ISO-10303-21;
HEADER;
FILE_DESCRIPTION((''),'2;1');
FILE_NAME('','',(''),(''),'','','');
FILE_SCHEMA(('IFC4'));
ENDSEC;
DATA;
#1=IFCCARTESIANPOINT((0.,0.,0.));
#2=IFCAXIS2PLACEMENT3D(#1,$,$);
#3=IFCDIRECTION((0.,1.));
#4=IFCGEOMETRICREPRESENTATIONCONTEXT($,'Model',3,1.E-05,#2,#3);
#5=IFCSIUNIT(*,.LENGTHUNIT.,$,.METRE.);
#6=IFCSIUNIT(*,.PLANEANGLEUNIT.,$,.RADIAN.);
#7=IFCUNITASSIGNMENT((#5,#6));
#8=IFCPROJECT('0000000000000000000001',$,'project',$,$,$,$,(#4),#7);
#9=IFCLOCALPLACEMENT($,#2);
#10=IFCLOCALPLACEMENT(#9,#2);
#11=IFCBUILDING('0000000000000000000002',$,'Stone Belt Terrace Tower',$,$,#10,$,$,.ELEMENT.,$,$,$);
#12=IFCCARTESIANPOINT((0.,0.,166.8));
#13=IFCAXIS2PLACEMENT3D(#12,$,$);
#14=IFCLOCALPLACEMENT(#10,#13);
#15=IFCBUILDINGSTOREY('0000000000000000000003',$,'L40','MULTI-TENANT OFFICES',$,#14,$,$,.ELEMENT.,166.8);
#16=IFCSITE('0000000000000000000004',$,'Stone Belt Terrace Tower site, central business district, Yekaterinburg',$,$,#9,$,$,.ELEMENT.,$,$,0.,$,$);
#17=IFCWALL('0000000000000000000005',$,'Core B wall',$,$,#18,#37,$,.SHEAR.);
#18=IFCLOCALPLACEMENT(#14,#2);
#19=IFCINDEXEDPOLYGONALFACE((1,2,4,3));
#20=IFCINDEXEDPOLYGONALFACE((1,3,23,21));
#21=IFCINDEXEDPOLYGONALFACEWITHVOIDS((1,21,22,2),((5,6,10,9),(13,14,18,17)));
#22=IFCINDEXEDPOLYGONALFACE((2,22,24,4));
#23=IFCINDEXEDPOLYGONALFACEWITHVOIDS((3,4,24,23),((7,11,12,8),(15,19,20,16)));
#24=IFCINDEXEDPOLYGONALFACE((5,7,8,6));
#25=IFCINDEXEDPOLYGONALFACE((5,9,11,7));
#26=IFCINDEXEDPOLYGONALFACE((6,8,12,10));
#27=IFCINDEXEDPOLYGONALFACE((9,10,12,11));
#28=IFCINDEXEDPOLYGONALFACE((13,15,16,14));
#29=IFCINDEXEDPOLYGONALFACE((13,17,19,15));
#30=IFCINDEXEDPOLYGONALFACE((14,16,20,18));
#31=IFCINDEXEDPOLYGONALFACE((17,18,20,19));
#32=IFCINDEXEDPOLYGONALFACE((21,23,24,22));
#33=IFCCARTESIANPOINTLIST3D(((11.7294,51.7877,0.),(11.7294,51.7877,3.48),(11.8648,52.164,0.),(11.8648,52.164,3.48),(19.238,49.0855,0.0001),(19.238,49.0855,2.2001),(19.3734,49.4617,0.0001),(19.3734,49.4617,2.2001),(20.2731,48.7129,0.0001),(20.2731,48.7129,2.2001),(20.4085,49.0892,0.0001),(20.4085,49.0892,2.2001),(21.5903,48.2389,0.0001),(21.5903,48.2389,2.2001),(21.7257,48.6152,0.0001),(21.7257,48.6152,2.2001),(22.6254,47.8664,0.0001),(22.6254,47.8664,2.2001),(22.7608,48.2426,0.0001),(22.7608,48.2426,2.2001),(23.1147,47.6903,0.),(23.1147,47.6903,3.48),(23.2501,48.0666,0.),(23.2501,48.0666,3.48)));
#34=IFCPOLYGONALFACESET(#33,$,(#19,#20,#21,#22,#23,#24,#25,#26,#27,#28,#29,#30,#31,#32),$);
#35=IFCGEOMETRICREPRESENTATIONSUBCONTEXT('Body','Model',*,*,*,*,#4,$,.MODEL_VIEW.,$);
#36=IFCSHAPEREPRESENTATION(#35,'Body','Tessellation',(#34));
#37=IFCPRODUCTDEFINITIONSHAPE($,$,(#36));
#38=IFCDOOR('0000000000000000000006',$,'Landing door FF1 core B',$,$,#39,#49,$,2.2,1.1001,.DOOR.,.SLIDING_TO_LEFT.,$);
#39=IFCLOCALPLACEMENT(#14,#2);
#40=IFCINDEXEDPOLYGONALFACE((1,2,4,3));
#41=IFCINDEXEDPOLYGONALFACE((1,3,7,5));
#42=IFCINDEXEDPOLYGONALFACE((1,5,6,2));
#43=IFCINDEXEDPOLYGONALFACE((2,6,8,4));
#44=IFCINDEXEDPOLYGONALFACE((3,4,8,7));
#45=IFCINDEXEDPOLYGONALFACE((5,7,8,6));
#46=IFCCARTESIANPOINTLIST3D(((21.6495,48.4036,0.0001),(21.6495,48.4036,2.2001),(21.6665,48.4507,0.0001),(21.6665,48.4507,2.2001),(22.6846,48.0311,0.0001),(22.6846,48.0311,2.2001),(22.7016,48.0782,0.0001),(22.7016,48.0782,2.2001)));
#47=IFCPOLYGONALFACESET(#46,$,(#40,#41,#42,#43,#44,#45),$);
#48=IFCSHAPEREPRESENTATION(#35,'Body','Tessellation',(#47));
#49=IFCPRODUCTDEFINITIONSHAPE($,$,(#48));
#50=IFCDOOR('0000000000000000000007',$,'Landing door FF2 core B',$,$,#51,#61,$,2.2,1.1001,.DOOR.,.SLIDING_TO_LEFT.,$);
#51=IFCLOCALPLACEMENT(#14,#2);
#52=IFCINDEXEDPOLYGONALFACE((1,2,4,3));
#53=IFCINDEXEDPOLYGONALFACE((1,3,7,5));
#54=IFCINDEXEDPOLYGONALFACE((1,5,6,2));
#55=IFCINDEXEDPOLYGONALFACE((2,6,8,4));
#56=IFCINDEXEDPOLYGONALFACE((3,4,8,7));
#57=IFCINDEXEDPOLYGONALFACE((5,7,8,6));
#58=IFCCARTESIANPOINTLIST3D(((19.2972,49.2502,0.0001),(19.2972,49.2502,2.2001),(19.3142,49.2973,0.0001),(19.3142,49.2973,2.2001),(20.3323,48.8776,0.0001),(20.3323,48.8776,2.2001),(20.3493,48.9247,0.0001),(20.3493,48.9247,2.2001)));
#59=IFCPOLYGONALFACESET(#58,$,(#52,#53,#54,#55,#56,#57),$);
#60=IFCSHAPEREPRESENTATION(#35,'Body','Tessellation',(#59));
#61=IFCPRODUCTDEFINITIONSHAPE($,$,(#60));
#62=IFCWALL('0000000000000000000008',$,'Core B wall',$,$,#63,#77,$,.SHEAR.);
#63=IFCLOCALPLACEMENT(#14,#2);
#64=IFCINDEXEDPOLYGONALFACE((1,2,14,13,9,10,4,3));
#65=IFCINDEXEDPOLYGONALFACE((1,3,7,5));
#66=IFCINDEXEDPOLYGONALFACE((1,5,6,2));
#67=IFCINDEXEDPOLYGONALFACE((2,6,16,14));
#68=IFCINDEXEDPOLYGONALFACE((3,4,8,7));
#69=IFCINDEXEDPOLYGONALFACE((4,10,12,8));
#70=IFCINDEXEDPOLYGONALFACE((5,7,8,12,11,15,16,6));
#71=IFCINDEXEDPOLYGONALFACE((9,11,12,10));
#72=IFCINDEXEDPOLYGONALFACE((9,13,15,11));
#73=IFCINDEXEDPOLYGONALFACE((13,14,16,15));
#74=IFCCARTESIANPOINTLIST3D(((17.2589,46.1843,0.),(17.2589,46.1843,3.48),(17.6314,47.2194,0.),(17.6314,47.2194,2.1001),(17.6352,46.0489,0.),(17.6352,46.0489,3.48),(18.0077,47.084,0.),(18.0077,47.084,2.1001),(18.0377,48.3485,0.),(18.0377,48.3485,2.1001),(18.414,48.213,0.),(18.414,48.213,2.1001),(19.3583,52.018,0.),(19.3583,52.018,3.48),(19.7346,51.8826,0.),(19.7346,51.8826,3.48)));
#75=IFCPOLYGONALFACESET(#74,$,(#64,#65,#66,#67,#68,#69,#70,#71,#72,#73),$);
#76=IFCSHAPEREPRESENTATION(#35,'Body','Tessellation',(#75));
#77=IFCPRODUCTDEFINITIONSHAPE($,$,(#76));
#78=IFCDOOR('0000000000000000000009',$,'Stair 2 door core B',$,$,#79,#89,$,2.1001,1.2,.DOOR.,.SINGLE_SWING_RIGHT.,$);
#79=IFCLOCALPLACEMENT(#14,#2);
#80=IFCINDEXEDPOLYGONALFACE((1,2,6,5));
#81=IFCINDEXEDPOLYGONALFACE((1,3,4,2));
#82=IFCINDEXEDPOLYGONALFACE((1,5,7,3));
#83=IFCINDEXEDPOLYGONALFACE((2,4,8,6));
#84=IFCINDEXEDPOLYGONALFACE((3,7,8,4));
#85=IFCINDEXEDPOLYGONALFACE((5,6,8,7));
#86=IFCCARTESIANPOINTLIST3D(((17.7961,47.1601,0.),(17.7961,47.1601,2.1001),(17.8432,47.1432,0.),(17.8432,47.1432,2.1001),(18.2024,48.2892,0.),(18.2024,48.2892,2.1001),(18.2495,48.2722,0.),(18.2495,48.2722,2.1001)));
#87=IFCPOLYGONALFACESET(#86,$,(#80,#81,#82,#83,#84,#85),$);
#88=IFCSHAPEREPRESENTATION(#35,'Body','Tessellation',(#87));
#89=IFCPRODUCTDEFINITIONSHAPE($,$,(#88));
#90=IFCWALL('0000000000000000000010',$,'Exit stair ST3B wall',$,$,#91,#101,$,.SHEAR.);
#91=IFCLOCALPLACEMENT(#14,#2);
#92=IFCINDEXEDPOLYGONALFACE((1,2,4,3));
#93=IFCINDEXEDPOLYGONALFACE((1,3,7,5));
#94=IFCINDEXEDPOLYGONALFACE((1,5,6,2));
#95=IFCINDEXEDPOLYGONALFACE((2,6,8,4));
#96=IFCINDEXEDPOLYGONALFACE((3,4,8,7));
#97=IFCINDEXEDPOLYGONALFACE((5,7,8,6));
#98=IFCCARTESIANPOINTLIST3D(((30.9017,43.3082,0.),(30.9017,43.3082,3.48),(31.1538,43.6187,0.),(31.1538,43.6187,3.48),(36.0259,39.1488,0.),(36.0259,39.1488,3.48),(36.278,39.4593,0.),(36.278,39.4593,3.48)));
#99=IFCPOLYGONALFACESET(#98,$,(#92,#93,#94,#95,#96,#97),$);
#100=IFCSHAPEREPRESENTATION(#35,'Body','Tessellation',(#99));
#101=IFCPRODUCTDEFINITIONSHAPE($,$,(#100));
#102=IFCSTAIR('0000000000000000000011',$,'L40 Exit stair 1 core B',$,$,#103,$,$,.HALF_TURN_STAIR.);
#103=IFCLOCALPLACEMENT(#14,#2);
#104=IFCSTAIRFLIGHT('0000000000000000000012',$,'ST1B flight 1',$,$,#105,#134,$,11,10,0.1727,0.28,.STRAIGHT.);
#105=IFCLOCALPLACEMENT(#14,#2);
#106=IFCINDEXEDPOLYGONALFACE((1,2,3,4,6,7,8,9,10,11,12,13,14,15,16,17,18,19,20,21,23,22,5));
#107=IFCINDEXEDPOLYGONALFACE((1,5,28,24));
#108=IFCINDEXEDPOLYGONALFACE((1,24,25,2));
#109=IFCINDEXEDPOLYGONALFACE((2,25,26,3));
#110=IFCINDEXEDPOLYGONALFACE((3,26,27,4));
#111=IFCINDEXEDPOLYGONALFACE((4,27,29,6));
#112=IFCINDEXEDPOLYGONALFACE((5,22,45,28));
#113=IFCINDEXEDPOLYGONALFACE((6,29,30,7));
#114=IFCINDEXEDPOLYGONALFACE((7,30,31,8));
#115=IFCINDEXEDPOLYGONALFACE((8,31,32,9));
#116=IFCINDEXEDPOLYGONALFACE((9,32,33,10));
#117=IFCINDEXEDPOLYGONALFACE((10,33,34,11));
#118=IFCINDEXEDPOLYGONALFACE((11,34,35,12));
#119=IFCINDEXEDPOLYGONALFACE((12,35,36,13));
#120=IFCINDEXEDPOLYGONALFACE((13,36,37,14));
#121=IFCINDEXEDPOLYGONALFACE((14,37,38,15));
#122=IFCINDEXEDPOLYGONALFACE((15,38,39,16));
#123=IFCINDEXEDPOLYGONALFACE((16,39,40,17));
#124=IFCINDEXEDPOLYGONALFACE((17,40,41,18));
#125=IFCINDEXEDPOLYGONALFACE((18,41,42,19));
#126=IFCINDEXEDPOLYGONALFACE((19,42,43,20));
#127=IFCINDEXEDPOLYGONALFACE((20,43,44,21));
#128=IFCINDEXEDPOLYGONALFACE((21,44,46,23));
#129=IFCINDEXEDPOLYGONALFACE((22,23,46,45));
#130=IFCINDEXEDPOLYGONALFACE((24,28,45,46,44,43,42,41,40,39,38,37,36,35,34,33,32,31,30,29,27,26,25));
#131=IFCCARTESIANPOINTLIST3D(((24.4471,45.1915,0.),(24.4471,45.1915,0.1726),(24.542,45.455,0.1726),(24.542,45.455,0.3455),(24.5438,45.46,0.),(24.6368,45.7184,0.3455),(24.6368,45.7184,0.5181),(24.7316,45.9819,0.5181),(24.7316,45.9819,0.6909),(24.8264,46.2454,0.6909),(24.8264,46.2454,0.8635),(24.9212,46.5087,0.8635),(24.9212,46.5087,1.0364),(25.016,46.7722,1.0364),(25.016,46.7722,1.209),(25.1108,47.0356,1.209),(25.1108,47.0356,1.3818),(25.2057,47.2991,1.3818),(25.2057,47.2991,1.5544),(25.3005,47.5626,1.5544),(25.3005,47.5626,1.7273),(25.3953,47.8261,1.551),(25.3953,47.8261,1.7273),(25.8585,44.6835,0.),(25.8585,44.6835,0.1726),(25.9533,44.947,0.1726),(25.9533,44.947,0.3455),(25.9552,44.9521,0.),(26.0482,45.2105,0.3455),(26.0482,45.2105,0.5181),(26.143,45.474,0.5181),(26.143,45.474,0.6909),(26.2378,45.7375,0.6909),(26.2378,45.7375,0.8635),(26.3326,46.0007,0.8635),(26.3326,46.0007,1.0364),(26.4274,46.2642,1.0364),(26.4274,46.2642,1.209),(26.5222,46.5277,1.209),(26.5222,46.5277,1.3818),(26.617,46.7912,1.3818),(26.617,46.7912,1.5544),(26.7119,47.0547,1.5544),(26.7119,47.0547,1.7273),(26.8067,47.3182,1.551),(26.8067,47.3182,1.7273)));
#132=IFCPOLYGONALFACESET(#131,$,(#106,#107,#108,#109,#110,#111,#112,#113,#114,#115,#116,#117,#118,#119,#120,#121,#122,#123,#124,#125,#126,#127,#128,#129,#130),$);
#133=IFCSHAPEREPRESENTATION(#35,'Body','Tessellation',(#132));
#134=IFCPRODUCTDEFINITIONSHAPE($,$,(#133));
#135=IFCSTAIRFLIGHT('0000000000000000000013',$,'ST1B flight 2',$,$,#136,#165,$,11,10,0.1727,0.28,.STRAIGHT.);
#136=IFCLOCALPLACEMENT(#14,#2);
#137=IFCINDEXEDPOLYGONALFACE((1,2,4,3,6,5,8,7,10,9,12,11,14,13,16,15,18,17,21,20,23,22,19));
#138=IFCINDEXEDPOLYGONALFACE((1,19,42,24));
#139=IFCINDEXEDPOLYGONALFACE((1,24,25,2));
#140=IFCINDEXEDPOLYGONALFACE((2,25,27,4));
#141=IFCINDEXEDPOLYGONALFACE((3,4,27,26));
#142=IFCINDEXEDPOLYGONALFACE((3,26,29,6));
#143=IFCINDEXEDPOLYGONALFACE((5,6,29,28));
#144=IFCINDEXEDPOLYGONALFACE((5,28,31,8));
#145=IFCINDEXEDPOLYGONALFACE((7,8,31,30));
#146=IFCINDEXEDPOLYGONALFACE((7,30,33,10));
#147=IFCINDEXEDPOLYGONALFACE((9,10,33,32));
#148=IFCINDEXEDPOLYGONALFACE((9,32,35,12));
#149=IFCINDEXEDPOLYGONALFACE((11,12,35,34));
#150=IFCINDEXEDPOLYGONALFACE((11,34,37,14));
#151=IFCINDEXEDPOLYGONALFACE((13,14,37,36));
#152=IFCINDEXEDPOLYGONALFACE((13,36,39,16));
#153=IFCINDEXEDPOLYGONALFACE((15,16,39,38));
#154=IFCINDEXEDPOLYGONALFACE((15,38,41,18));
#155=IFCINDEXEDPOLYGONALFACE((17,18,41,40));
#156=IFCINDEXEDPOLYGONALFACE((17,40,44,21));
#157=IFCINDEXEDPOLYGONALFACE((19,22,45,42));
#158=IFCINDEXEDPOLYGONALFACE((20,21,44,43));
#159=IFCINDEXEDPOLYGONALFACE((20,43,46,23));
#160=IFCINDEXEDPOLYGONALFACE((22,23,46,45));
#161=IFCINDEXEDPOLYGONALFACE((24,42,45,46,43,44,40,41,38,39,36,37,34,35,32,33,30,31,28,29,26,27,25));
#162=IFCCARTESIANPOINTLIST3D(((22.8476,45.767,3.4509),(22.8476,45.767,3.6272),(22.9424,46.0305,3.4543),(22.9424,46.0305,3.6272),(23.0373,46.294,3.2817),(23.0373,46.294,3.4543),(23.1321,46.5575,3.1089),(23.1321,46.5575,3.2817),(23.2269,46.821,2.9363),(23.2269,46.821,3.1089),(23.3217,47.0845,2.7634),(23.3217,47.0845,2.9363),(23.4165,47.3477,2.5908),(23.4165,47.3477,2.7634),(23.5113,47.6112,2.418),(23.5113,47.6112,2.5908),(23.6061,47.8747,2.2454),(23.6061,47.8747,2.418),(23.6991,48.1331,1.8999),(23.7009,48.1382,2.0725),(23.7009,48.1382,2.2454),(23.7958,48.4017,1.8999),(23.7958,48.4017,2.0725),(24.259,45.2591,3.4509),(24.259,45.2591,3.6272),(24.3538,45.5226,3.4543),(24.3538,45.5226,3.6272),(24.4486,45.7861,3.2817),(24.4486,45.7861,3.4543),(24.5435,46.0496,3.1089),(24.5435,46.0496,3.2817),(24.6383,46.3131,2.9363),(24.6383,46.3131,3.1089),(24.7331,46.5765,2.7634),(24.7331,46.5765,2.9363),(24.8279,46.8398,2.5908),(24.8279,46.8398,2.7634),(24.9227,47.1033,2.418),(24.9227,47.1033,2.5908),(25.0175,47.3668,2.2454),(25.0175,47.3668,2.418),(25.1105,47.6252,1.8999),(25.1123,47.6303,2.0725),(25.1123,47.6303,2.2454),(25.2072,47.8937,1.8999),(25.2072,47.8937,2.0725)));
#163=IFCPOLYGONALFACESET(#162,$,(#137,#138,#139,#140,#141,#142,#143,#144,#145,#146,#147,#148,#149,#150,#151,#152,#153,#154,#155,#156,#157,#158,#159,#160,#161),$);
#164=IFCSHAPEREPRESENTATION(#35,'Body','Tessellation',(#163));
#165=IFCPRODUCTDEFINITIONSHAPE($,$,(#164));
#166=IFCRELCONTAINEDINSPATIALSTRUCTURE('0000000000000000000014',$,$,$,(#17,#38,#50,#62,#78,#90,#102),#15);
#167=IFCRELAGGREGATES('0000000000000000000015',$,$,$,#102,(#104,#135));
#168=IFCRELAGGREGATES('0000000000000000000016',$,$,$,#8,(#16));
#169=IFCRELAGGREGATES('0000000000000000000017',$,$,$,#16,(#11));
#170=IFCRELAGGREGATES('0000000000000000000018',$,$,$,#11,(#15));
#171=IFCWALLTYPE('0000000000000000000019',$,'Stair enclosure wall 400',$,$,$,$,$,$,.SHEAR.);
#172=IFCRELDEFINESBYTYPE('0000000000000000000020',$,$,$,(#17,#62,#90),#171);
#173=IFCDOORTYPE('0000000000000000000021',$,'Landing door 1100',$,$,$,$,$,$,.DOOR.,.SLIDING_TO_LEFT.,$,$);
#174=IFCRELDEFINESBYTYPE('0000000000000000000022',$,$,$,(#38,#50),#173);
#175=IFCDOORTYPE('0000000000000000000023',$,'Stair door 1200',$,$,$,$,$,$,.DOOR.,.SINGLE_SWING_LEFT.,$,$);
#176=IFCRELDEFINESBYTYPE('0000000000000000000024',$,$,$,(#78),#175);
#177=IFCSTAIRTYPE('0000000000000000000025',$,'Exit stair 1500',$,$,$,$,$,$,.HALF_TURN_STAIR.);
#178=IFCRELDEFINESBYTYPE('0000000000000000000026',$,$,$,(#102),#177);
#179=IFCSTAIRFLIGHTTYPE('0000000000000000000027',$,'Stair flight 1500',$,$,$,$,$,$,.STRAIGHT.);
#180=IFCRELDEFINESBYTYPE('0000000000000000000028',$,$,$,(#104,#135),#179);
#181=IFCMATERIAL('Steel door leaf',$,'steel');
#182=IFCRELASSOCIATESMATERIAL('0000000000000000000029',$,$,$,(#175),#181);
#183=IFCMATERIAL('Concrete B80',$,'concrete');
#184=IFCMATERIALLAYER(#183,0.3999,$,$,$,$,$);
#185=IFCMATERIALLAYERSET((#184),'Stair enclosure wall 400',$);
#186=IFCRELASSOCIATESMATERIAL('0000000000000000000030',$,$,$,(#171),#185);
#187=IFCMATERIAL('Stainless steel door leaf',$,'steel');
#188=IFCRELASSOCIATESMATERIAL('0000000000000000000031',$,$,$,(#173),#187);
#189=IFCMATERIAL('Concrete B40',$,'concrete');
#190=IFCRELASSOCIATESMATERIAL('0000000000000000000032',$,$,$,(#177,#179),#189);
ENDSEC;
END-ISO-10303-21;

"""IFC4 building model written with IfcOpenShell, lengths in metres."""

from ifc_helpers import new_model, si_unit, direction, frame, frame_2d, origin, place, context, subcontext, project, spatial, polyline, rectangle, outline, extrude, material, layer, layer_set, type_object, element, fill, aggregate, save


model = new_model("IFC4")

# Units and contexts
model_context = context("Model", 3, precision=1e-05, world=origin(), true_north=direction((0.0, 1.0)))
body_context = subcontext(model_context, "Body", "Model", "MODEL_VIEW")
ifc_project = project(units=[si_unit("LENGTHUNIT", "METRE"), si_unit("PLANEANGLEUNIT", "RADIAN")], contexts=[model_context])

# Site, building, storey
site_placement = place(None, origin())
site = spatial("IfcSite", under=ifc_project, at=site_placement, Name="Stone Belt Terrace Tower site, central business district, Yekaterinburg", CompositionType="ELEMENT", RefElevation=0.0)
building_placement = place(site_placement, origin())
building = spatial("IfcBuilding", under=site, at=building_placement, Name="Stone Belt Terrace Tower", CompositionType="ELEMENT")
storey_placement = place(building_placement, frame((0.0, 0.0, 166.8)))
storey = spatial("IfcBuildingStorey", under=building, at=storey_placement, Name="L40", Description="MULTI-TENANT OFFICES", CompositionType="ELEMENT", Elevation=166.8)

# Shared definitions
ifc_material_1 = material(Name="Concrete B80", Category="concrete")

# Shared definitions
ifc_material_2 = material(Name="Steel door leaf", Category="steel")
door_type_1 = type_object("IfcDoorType", Name="Stair door 1200", OperationType="SINGLE_SWING_LEFT", PredefinedType="DOOR", material=ifc_material_2)
ifc_layer_1 = layer(ifc_material_1, 0.3999)
ifc_layer_set_1 = layer_set([ifc_layer_1], Name="Stair enclosure wall 400")
wall_type_1 = type_object("IfcWallType", Name="Stair enclosure wall 400", PredefinedType="SHEAR", material=ifc_layer_set_1)

# Wall, openings, doors
wall_1_placement = place(storey_placement, frame((23.1824, 47.8784, 0.0), z_axis=(0.0, 0.0, 1.0), x_axis=(-0.940921, 0.338626, 0.0)))
wall_1 = element("IfcWall", 1, at=wall_1_placement, inside=storey, type_object=wall_type_1, Name="Core B wall", PredefinedType="SHEAR", context=body_context, shape_type="SweptSolid", body=[
    extrude(rectangle(XDim=12.1001, YDim=0.3999, at=frame_2d((6.05, 0.0))), origin(), (0.0, 0.0, 1.0), 3.48),
])
opening_1_placement = place(wall_1_placement, frame((0.52, 0.0, 0.0)))
opening_1 = element("IfcOpeningElement", 2, at=opening_1_placement, cuts=wall_1, PredefinedType="OPENING", context=body_context, shape_type="SweptSolid", body=[
    extrude(rectangle(XDim=1.1001, YDim=2.2, at=frame_2d((0.55, 1.1001))), frame((0.0, 0.21, 0.0), z_axis=(0.0, -1.0, 0.0), x_axis=(1.0, 0.0, 0.0)), (0.0, 0.0, 1.0), 0.4199),
])
opening_2_placement = place(wall_1_placement, frame((3.02, 0.0, 0.0)))
opening_2 = element("IfcOpeningElement", 3, at=opening_2_placement, cuts=wall_1, PredefinedType="OPENING", context=body_context, shape_type="SweptSolid", body=[
    extrude(rectangle(XDim=1.1001, YDim=2.2, at=frame_2d((0.55, 1.1001))), frame((0.0, 0.21, 0.0), z_axis=(0.0, -1.0, 0.0), x_axis=(1.0, 0.0, 0.0)), (0.0, 0.0, 1.0), 0.4199),
])
ifc_material_3 = material(Name="Stainless steel door leaf", Category="steel")
door_type_2 = type_object("IfcDoorType", Name="Landing door 1100", OperationType="SLIDING_TO_LEFT", PredefinedType="DOOR", material=ifc_material_3)
door_1_placement = place(opening_1_placement, origin())
door_1 = element("IfcDoor", 4, at=door_1_placement, inside=storey, type_object=door_type_2, Name="Landing door FF1 core B", OperationType="SLIDING_TO_LEFT", OverallHeight=2.2, OverallWidth=1.1001, PredefinedType="DOOR", context=body_context, shape_type="SweptSolid", body=[
    extrude(rectangle(XDim=1.1001, YDim=2.2, at=frame_2d((0.55, 1.1001))), frame((0.0, 0.0249, 0.0), z_axis=(0.0, -1.0, 0.0), x_axis=(1.0, 0.0, 0.0)), (0.0, 0.0, 1.0), 0.05),
])
fill(opening_1, door_1)
door_2_placement = place(opening_2_placement, origin())
door_2 = element("IfcDoor", 5, at=door_2_placement, inside=storey, type_object=door_type_2, Name="Landing door FF2 core B", OperationType="SLIDING_TO_LEFT", OverallHeight=2.2, OverallWidth=1.1001, PredefinedType="DOOR", context=body_context, shape_type="SweptSolid", body=[
    extrude(rectangle(XDim=1.1001, YDim=2.2, at=frame_2d((0.55, 1.1001))), frame((0.0, 0.0249, 0.0), z_axis=(0.0, -1.0, 0.0), x_axis=(1.0, 0.0, 0.0)), (0.0, 0.0, 1.0), 0.05),
])
fill(opening_2, door_2)

# Wall, opening, door
wall_2_placement = place(storey_placement, frame((17.447, 46.1165, 0.0), z_axis=(0.0, 0.0, 1.0), x_axis=(0.338608, 0.940928, 0.0)))
wall_2 = element("IfcWall", 6, at=wall_2_placement, inside=storey, type_object=wall_type_1, Name="Core B wall", PredefinedType="SHEAR", context=body_context, shape_type="SweptSolid", body=[
    extrude(rectangle(XDim=6.2, YDim=0.3999, at=frame_2d((3.1001, 0.0))), origin(), (0.0, 0.0, 1.0), 3.48),
])
opening_3_placement = place(wall_2_placement, frame((1.1001, 0.0, 0.0)))
opening_3 = element("IfcOpeningElement", 7, at=opening_3_placement, cuts=wall_2, PredefinedType="OPENING", context=body_context, shape_type="SweptSolid", body=[
    extrude(rectangle(XDim=1.2, YDim=2.1001, at=frame_2d((0.6001, 1.05))), frame((0.0, 0.21, 0.0), z_axis=(0.0, -1.0, 0.0), x_axis=(1.0, 0.0, 0.0)), (0.0, 0.0, 1.0), 0.4199),
])
door_3_placement = place(opening_3_placement, origin())
door_3 = element("IfcDoor", 8, at=door_3_placement, inside=storey, type_object=door_type_1, Name="Stair 2 door core B", OperationType="SINGLE_SWING_RIGHT", OverallHeight=2.1001, OverallWidth=1.2, PredefinedType="DOOR", context=body_context, shape_type="SweptSolid", body=[
    extrude(rectangle(XDim=1.2, YDim=2.1001, at=frame_2d((0.6001, 1.05))), frame((0.0, 0.0249, 0.0), z_axis=(0.0, -1.0, 0.0), x_axis=(1.0, 0.0, 0.0)), (0.0, 0.0, 1.0), 0.05),
])
fill(opening_3, door_3)

# Wall
wall_3_placement = place(storey_placement, frame((31.0278, 43.4634, 0.0), z_axis=(0.0, 0.0, 1.0), x_axis=(0.776414, -0.630224, 0.0)))
element("IfcWall", 9, at=wall_3_placement, inside=storey, type_object=wall_type_1, Name="Exit stair ST3B wall", PredefinedType="SHEAR", context=body_context, shape_type="SweptSolid", body=[
    extrude(rectangle(XDim=6.5999, YDim=0.3999, at=frame_2d((3.2998, 0.0))), origin(), (0.0, 0.0, 1.0), 3.48),
])

# Stair, stair flights
ifc_material_4 = material(Name="Concrete B40", Category="concrete")
stair_type = type_object("IfcStairType", Name="Exit stair 1500", PredefinedType="HALF_TURN_STAIR", material=ifc_material_4)
stair_placement = place(storey_placement, origin())
stair = element("IfcStair", 10, at=stair_placement, inside=storey, type_object=stair_type, Name="L40 Exit stair 1 core B", PredefinedType="HALF_TURN_STAIR")
stair_flight_type = type_object("IfcStairFlightType", Name="Stair flight 1500", PredefinedType="STRAIGHT", material=ifc_material_4)
stair_flight_1_placement = place(storey_placement, frame((25.1528, 44.9375, 0.0), z_axis=(0.0, 0.0, 1.0), x_axis=(0.338624, 0.940922, 0.0)))
stair_flight_1 = element("IfcStairFlight", 11, at=stair_flight_1_placement, type_object=stair_flight_type, Name="ST1B flight 1", NumberOfRisers=11, NumberOfTreads=10, PredefinedType="STRAIGHT", RiserHeight=0.1727, TreadLength=0.28, context=body_context, shape_type="SweptSolid", body=[
    extrude(outline(polyline([(0.0, 0.0), (0.0, 0.1726), (0.28, 0.1726), (0.28, 0.3455), (0.5601, 0.3455), (0.5601, 0.5181), (0.8401, 0.5181), (0.8401, 0.6909), (1.1201, 0.6909), (1.1201, 0.8635), (1.3999, 0.8635), (1.3999, 1.0364), (1.6799, 1.0364), (1.6799, 1.209), (1.96, 1.209), (1.96, 1.3818), (2.24, 1.3818), (2.24, 1.5544), (2.52, 1.5544), (2.52, 1.7273), (2.8, 1.7273), (2.8, 1.8999), (2.8, 1.551), (0.2854, 0.0), (0.0, 0.0)])), frame((0.0, 0.75, 0.0), z_axis=(0.0, -1.0, 0.0), x_axis=(1.0, 0.0, 0.0)), (0.0, 0.0, 1.0), 1.5),
])
stair_flight_2_placement = place(storey_placement, frame((24.5015, 48.1477, 1.8999), z_axis=(0.0, 0.0, 1.0), x_axis=(-0.338624, -0.940922, 0.0)))
stair_flight_2 = element("IfcStairFlight", 12, at=stair_flight_2_placement, type_object=stair_flight_type, Name="ST1B flight 2", NumberOfRisers=11, NumberOfTreads=10, PredefinedType="STRAIGHT", RiserHeight=0.1727, TreadLength=0.28, context=body_context, shape_type="SweptSolid", body=[
    extrude(outline(polyline([(0.0, 0.0), (0.0, 0.1726), (0.28, 0.1726), (0.28, 0.3455), (0.5601, 0.3455), (0.5601, 0.5181), (0.8401, 0.5181), (0.8401, 0.6909), (1.1201, 0.6909), (1.1201, 0.8635), (1.3999, 0.8635), (1.3999, 1.0364), (1.6799, 1.0364), (1.6799, 1.209), (1.96, 1.209), (1.96, 1.3818), (2.24, 1.3818), (2.24, 1.5544), (2.52, 1.5544), (2.52, 1.7273), (2.8, 1.7273), (2.8, 1.8999), (2.8, 1.551), (0.2854, 0.0), (0.0, 0.0)])), frame((0.0, 0.75, 0.0), z_axis=(0.0, -1.0, 0.0), x_axis=(1.0, 0.0, 0.0)), (0.0, 0.0, 1.0), 1.5),
])
aggregate(stair, [stair_flight_1, stair_flight_2])

save(model, "model.ifc")
